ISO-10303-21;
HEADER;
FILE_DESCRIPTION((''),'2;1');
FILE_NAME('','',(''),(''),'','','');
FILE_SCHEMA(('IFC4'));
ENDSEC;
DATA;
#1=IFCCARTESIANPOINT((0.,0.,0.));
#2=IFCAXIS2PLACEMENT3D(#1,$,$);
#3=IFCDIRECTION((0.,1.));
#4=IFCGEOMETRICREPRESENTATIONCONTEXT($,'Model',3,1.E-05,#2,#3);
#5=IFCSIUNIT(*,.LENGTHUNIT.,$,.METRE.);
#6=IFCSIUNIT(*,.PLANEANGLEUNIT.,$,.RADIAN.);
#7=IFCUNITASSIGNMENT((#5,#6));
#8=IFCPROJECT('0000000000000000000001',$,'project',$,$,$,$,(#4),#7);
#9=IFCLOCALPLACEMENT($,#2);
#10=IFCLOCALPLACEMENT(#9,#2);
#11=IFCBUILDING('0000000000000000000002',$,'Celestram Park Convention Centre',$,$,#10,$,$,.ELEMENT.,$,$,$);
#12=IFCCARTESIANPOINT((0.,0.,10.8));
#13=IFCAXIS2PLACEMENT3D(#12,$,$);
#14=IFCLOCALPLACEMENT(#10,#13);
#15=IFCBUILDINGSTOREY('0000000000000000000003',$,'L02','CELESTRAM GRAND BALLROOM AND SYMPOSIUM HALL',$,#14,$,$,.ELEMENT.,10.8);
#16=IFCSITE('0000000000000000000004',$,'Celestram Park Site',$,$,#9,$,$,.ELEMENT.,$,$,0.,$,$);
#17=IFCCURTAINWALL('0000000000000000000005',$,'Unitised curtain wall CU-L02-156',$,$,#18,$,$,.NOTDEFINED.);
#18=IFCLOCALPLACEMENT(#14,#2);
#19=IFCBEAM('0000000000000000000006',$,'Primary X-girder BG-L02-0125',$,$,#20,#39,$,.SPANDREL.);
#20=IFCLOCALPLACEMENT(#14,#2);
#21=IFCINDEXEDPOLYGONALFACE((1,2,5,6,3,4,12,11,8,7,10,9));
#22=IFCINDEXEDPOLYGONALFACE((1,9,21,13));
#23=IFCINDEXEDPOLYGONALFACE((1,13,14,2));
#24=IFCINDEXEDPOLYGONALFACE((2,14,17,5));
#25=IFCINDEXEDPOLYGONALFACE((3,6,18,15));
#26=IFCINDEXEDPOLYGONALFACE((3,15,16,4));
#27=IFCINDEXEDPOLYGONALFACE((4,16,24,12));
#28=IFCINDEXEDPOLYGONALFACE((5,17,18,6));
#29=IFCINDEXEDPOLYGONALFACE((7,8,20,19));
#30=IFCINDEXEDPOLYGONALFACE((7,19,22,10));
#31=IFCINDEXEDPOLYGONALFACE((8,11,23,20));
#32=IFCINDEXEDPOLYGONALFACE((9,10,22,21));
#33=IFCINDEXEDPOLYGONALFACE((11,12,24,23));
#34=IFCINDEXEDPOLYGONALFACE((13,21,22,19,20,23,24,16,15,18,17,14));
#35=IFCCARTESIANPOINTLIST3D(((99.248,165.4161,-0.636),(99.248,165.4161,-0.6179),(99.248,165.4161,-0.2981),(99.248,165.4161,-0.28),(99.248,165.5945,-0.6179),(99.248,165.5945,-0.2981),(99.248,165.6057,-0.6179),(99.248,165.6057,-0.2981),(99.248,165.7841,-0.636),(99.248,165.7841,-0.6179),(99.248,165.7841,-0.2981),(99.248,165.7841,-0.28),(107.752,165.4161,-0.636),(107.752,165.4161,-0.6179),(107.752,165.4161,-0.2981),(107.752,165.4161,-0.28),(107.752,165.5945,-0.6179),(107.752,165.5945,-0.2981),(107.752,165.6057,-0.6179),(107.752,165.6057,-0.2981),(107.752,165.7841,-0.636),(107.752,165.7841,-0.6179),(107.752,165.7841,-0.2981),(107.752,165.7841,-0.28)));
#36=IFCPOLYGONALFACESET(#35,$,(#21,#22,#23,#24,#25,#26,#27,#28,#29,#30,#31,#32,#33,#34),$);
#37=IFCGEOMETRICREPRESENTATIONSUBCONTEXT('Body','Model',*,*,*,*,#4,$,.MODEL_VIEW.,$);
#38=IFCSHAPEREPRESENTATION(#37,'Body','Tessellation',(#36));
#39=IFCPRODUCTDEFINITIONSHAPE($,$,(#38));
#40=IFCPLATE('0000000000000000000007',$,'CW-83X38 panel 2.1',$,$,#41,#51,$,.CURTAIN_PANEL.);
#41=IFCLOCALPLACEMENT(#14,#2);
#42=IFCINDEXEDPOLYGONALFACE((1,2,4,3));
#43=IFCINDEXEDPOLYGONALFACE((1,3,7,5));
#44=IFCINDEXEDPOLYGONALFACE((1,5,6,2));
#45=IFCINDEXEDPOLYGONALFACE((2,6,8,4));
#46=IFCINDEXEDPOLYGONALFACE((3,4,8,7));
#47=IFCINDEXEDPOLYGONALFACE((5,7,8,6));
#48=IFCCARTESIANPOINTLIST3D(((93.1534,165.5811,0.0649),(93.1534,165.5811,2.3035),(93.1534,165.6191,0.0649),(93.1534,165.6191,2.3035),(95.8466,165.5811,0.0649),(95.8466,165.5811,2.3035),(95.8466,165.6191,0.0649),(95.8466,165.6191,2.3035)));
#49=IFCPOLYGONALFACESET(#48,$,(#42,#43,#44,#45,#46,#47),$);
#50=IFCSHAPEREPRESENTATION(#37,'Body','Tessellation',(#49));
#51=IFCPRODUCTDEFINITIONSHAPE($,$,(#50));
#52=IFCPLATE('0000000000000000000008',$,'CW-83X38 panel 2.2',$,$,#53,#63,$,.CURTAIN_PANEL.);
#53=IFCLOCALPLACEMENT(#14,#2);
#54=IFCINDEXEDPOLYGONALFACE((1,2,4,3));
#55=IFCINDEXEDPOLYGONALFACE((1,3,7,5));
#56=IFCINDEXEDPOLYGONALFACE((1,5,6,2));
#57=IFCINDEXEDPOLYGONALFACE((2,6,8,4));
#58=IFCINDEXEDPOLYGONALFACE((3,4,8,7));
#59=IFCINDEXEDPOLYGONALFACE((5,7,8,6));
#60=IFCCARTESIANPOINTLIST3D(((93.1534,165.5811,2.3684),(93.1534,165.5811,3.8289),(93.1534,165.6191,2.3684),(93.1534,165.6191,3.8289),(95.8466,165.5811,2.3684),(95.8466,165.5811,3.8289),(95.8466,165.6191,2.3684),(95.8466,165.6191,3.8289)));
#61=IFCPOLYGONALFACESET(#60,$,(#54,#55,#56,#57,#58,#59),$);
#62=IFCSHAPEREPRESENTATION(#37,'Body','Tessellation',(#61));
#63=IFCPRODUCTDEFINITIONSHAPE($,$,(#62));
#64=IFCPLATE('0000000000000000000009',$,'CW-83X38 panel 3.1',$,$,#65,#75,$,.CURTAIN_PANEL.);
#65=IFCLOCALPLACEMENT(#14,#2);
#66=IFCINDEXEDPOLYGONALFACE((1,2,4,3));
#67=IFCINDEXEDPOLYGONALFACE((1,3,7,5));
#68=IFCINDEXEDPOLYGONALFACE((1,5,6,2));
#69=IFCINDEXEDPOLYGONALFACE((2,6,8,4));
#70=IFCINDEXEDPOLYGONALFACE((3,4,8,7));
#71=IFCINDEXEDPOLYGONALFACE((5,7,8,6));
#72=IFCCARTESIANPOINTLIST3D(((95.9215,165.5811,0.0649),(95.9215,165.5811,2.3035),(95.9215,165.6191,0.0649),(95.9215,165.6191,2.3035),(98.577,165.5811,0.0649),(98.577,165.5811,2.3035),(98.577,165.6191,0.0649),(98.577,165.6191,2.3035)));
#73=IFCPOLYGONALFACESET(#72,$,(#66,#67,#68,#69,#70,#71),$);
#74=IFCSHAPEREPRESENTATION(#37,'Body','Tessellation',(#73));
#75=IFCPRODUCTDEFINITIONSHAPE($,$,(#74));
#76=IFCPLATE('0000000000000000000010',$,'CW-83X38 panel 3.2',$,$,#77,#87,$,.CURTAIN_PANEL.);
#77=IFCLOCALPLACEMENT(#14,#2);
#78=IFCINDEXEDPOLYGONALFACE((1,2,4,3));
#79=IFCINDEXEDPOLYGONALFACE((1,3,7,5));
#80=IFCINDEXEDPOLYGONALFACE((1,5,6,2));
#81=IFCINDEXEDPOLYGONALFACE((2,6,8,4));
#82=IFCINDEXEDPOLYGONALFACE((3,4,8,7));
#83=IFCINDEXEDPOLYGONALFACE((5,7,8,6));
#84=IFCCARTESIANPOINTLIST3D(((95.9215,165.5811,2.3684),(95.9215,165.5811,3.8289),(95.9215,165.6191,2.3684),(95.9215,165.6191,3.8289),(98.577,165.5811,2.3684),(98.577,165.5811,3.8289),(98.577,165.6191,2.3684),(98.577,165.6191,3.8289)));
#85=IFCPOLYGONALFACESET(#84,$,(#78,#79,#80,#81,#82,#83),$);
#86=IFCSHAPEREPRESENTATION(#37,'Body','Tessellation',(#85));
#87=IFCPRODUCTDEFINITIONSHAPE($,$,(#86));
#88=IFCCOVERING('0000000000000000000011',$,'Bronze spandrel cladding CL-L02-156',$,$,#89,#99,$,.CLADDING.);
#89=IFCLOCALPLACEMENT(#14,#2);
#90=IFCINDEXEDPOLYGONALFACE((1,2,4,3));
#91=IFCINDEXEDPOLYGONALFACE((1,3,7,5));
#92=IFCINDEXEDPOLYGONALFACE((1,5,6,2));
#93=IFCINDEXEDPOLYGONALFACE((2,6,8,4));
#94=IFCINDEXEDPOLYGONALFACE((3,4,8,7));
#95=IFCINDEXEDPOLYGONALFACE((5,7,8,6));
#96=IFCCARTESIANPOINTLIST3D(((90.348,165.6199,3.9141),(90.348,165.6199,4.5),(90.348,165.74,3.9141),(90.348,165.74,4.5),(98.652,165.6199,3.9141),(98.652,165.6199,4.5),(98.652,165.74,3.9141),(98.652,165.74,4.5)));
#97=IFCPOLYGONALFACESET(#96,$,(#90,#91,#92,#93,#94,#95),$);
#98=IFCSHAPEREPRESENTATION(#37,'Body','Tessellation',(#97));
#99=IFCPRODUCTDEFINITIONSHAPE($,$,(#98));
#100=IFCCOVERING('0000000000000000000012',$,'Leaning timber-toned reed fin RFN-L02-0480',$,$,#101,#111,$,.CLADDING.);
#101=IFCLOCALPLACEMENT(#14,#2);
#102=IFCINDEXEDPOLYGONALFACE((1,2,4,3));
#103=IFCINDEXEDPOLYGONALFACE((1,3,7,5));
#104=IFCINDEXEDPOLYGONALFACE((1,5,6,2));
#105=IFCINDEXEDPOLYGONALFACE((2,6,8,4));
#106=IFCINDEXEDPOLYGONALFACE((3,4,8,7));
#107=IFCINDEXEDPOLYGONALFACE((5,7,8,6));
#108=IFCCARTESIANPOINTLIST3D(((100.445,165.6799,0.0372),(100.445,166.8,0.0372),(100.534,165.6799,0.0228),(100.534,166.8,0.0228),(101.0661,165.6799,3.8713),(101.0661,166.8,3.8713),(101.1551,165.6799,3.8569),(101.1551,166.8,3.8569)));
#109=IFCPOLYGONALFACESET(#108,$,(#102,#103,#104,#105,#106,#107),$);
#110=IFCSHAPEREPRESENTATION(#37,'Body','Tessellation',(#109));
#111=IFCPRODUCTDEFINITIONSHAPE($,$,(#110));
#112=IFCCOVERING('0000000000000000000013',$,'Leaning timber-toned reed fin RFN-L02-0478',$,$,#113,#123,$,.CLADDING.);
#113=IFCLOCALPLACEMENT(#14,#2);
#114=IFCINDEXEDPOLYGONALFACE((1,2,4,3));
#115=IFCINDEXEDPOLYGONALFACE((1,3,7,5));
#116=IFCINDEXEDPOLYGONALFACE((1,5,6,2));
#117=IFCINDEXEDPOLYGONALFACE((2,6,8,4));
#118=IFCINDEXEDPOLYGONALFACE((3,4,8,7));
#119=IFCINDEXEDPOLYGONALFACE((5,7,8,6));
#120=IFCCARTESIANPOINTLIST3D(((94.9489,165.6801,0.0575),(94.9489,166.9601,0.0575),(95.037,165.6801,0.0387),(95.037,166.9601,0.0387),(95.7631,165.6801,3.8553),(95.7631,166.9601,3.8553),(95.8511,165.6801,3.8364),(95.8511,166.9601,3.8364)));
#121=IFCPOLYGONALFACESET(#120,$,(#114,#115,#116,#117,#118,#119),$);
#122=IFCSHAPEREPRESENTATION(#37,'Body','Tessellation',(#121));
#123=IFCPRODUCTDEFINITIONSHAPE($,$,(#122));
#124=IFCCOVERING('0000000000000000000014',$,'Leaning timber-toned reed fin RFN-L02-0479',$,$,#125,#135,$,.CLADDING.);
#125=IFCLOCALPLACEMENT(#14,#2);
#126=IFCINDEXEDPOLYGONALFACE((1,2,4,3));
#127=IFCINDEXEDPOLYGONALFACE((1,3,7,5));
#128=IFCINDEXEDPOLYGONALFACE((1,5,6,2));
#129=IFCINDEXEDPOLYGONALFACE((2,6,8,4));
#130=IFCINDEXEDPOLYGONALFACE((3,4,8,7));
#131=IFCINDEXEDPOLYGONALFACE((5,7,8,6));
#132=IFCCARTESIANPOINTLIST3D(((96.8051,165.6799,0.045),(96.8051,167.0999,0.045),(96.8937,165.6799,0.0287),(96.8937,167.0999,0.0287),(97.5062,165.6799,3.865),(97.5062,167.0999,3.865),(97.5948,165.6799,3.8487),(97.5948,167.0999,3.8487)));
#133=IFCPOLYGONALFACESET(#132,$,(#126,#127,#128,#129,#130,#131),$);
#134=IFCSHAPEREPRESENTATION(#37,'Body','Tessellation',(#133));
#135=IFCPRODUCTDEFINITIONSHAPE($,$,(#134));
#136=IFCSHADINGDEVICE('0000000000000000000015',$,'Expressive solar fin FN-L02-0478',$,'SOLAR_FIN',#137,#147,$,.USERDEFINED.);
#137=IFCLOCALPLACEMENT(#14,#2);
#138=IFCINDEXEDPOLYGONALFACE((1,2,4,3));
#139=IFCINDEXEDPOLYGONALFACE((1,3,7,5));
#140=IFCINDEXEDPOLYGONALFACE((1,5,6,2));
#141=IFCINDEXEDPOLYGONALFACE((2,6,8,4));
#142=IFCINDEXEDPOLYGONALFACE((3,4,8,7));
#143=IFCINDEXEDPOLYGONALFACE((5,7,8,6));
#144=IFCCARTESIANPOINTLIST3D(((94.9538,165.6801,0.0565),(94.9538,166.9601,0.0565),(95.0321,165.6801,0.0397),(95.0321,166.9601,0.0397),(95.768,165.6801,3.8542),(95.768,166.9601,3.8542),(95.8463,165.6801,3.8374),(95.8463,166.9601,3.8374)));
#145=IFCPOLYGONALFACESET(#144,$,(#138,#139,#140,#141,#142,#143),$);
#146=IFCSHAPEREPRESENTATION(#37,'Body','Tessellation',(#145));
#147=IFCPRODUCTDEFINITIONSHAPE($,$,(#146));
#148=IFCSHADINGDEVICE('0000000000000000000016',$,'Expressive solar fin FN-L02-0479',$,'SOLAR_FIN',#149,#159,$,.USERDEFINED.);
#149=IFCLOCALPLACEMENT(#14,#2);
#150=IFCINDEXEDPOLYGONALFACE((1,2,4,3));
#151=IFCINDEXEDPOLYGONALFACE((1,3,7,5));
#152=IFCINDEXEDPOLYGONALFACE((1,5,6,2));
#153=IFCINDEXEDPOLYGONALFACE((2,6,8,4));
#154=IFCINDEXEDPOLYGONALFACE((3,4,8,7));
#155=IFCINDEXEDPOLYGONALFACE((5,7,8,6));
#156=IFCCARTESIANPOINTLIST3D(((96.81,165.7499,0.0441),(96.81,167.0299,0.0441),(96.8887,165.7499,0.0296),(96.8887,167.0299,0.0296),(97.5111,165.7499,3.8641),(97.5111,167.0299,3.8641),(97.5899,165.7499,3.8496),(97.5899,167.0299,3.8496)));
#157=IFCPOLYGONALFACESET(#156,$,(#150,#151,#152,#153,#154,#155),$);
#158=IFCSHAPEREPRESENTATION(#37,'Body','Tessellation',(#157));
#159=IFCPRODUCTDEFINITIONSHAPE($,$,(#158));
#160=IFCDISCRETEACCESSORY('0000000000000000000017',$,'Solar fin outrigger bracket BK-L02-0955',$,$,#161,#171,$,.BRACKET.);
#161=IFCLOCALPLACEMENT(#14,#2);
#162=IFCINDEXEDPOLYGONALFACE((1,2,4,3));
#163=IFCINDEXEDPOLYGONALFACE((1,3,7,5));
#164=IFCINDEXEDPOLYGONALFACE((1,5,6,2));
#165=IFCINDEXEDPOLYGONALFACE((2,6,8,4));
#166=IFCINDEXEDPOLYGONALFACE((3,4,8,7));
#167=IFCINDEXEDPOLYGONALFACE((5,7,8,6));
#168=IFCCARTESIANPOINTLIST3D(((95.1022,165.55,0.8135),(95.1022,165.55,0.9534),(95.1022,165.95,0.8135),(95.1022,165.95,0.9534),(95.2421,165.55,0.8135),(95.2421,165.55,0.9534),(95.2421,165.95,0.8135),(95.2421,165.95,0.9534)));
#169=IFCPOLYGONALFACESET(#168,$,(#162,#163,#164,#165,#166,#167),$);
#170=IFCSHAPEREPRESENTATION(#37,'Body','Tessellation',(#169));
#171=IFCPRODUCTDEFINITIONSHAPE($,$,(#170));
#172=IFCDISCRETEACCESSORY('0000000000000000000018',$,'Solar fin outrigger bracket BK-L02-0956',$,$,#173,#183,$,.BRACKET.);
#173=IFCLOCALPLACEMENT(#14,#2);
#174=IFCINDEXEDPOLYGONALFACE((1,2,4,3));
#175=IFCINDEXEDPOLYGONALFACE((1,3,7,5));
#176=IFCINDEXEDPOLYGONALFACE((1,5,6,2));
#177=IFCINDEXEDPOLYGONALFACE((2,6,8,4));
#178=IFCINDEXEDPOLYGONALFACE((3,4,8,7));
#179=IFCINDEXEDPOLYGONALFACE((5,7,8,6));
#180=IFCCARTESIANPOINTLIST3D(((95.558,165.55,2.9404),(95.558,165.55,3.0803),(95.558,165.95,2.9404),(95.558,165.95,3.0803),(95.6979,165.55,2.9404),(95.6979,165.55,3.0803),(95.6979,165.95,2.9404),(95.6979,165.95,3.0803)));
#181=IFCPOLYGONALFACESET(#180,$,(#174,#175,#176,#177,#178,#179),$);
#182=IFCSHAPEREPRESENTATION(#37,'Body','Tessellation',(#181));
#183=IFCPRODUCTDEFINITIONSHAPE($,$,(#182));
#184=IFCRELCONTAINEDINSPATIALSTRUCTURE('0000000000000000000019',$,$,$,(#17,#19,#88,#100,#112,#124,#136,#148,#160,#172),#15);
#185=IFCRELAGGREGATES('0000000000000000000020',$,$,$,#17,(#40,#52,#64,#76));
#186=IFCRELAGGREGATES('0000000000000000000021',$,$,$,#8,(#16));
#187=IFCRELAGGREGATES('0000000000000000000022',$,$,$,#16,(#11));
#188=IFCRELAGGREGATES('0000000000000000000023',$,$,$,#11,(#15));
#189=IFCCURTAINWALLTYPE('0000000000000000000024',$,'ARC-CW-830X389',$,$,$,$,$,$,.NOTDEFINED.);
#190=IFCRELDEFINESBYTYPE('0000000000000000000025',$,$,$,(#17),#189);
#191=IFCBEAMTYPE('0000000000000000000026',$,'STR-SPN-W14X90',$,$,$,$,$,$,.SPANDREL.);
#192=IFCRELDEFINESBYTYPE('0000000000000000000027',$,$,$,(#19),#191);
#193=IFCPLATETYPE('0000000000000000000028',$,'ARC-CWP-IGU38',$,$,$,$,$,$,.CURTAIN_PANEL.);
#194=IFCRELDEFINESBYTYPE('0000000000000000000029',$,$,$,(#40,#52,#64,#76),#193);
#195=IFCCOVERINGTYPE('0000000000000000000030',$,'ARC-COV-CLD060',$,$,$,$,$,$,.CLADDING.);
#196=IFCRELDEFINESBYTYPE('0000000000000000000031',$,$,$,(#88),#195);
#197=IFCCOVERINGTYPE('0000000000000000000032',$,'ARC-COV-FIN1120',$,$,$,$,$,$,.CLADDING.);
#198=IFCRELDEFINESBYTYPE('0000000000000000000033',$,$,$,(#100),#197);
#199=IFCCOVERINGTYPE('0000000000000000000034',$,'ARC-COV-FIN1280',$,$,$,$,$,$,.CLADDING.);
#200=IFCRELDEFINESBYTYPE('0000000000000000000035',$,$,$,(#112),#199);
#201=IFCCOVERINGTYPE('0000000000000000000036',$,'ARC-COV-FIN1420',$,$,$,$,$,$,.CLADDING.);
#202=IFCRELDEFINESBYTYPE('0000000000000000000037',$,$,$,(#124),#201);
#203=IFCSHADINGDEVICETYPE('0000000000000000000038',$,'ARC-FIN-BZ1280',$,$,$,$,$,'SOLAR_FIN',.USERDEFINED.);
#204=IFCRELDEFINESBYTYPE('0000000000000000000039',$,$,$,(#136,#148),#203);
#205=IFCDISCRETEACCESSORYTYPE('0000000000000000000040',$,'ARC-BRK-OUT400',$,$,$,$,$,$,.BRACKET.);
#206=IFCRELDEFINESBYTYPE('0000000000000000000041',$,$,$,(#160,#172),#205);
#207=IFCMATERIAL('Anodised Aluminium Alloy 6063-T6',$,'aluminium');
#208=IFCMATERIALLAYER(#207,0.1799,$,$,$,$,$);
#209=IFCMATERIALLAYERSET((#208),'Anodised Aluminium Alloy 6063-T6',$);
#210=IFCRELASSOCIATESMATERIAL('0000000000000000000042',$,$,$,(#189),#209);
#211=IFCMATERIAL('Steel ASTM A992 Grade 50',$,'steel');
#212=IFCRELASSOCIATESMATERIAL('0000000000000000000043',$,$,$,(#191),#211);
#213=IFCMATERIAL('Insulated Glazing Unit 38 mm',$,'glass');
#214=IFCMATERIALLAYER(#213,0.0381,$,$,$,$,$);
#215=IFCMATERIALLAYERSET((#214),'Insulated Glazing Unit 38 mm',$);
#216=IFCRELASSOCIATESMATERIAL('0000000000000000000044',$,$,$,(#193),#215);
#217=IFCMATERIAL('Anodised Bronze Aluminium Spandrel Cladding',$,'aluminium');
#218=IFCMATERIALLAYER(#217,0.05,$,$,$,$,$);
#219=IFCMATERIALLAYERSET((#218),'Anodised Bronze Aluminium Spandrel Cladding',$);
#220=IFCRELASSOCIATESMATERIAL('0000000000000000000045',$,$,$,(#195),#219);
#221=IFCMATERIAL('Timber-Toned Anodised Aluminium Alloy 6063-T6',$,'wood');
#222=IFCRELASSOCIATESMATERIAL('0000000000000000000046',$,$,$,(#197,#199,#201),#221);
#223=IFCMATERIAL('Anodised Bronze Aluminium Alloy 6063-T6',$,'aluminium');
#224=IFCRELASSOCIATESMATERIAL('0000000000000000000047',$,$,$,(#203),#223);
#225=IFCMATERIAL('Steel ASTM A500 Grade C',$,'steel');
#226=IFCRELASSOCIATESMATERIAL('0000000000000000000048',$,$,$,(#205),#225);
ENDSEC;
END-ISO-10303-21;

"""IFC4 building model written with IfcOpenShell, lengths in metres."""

from ifc_helpers import new_model, si_unit, direction, frame, origin, origin_2d, place, context, subcontext, project, spatial, rectangle, i_section, extrude, material, layer, layer_set, material_profile, profile_set, type_object, element, aggregate, save


model = new_model("IFC4")

# Units and contexts
model_context = context("Model", 3, precision=1e-05, world=origin(), true_north=direction((0.0, 1.0)))
body_context = subcontext(model_context, "Body", "Model", "MODEL_VIEW")
ifc_project = project(units=[si_unit("LENGTHUNIT", "METRE"), si_unit("PLANEANGLEUNIT", "RADIAN")], contexts=[model_context])

# Site, building, storey
site_placement = place(None, origin())
site = spatial("IfcSite", under=ifc_project, at=site_placement, Name="Celestram Park Site", CompositionType="ELEMENT", RefElevation=0.0)
building_placement = place(site_placement, origin())
building = spatial("IfcBuilding", under=site, at=building_placement, Name="Celestram Park Convention Centre", CompositionType="ELEMENT")
storey_placement = place(building_placement, frame((0.0, 0.0, 10.8)))
storey = spatial("IfcBuildingStorey", under=building, at=storey_placement, Name="L02", Description="CELESTRAM GRAND BALLROOM AND SYMPOSIUM HALL", CompositionType="ELEMENT", Elevation=10.8)

# Curtain wall
ifc_material_1 = material(Name="Anodised Aluminium Alloy 6063-T6", Category="aluminium")
ifc_layer_1 = layer(ifc_material_1, 0.1799)
ifc_layer_set_1 = layer_set([ifc_layer_1], Name="Anodised Aluminium Alloy 6063-T6")
curtain_wall_type = type_object("IfcCurtainWallType", Name="ARC-CW-830X389", PredefinedType="NOTDEFINED", material=ifc_layer_set_1)
curtain_wall_1_placement = place(storey_placement, origin())
curtain_wall_1 = element("IfcCurtainWall", 1, at=curtain_wall_1_placement, inside=storey, type_object=curtain_wall_type, Name="Unitised curtain wall CU-L02-156", PredefinedType="NOTDEFINED")

# Beam
ifc_material_2 = material(Name="Steel ASTM A992 Grade 50", Category="steel")
ifc_material_profile_1 = material_profile(ifc_material_2, i_section(OverallWidth=0.3679, OverallDepth=0.356, WebThickness=0.0112, FlangeThickness=0.0181, at=origin_2d()), Name="W14X90")
ifc_profile_set_1 = profile_set([ifc_material_profile_1], Name="Steel ASTM A992 Grade 50")
beam_type = type_object("IfcBeamType", Name="STR-SPN-W14X90", PredefinedType="SPANDREL", material=ifc_profile_set_1)
beam_placement = place(storey_placement, frame((99.248, 165.6001, -0.458), z_axis=(1.0, 0.0, 0.0), x_axis=(0.0, 1.0, 0.0)))
element("IfcBeam", 2, at=beam_placement, inside=storey, type_object=beam_type, Name="Primary X-girder BG-L02-0125", PredefinedType="SPANDREL", context=body_context, shape_type="SweptSolid", body=[
    extrude(i_section(OverallWidth=0.3679, OverallDepth=0.356, WebThickness=0.0112, FlangeThickness=0.0181, at=origin_2d()), origin(), (0.0, 0.0, 1.0), 8.5039),
])

# Plates
ifc_material_3 = material(Name="Insulated Glazing Unit 38 mm", Category="glass")
ifc_layer_2 = layer(ifc_material_3, 0.0381)
ifc_layer_set_2 = layer_set([ifc_layer_2], Name="Insulated Glazing Unit 38 mm")
plate_type = type_object("IfcPlateType", Name="ARC-CWP-IGU38", PredefinedType="CURTAIN_PANEL", material=ifc_layer_set_2)
plate_1_placement = place(storey_placement, frame((94.5, 165.6001, 0.0649), z_axis=(0.0, 0.0, 1.0), x_axis=(1.0, 0.0, 0.0)))
plate_1 = element("IfcPlate", 3, at=plate_1_placement, type_object=plate_type, Name="CW-83X38 panel 2.1", PredefinedType="CURTAIN_PANEL", context=body_context, shape_type="SweptSolid", body=[
    extrude(rectangle(XDim=2.6931, YDim=0.0381, at=origin_2d()), origin(), (0.0, 0.0, 1.0), 2.2385),
])
plate_2_placement = place(storey_placement, frame((94.5, 165.6001, 2.3684), z_axis=(0.0, 0.0, 1.0), x_axis=(1.0, 0.0, 0.0)))
plate_2 = element("IfcPlate", 4, at=plate_2_placement, type_object=plate_type, Name="CW-83X38 panel 2.2", PredefinedType="CURTAIN_PANEL", context=body_context, shape_type="SweptSolid", body=[
    extrude(rectangle(XDim=2.6931, YDim=0.0381, at=origin_2d()), origin(), (0.0, 0.0, 1.0), 1.4604),
])
plate_3_placement = place(storey_placement, frame((97.2493, 165.6001, 0.0649), z_axis=(0.0, 0.0, 1.0), x_axis=(1.0, 0.0, 0.0)))
plate_3 = element("IfcPlate", 5, at=plate_3_placement, type_object=plate_type, Name="CW-83X38 panel 3.1", PredefinedType="CURTAIN_PANEL", context=body_context, shape_type="SweptSolid", body=[
    extrude(rectangle(XDim=2.6555, YDim=0.0381, at=origin_2d()), origin(), (0.0, 0.0, 1.0), 2.2385),
])
plate_4_placement = place(storey_placement, frame((97.2493, 165.6001, 2.3684), z_axis=(0.0, 0.0, 1.0), x_axis=(1.0, 0.0, 0.0)))
plate_4 = element("IfcPlate", 6, at=plate_4_placement, type_object=plate_type, Name="CW-83X38 panel 3.2", PredefinedType="CURTAIN_PANEL", context=body_context, shape_type="SweptSolid", body=[
    extrude(rectangle(XDim=2.6555, YDim=0.0381, at=origin_2d()), origin(), (0.0, 0.0, 1.0), 1.4604),
])
aggregate(curtain_wall_1, [plate_1, plate_2, plate_3, plate_4])

# Coverings
ifc_material_4 = material(Name="Anodised Bronze Aluminium Spandrel Cladding", Category="aluminium")
ifc_layer_3 = layer(ifc_material_4, 0.05)
ifc_layer_set_3 = layer_set([ifc_layer_3], Name="Anodised Bronze Aluminium Spandrel Cladding")
covering_type_1 = type_object("IfcCoveringType", Name="ARC-COV-CLD060", PredefinedType="CLADDING", material=ifc_layer_set_3)
covering_1_placement = place(storey_placement, frame((94.5, 165.6799, 3.9141), z_axis=(0.0, 0.0, 1.0), x_axis=(1.0, 0.0, 0.0)))
element("IfcCovering", 7, at=covering_1_placement, inside=storey, type_object=covering_type_1, Name="Bronze spandrel cladding CL-L02-156", PredefinedType="CLADDING", context=body_context, shape_type="SweptSolid", body=[
    extrude(rectangle(XDim=8.304, YDim=0.1201, at=origin_2d()), origin(), (0.0, 0.0, 1.0), 0.5859),
])
ifc_material_5 = material(Name="Timber-Toned Anodised Aluminium Alloy 6063-T6", Category="wood")
ifc_material_profile_2 = material_profile(ifc_material_5, rectangle(XDim=1.1201, YDim=0.0901, at=origin_2d()), Name="REED1120X90")
ifc_profile_set_2 = profile_set([ifc_material_profile_2], Name="Timber-Toned Anodised Aluminium Alloy 6063-T6")
covering_type_2 = type_object("IfcCoveringType", Name="ARC-COV-FIN1120", PredefinedType="CLADDING", material=ifc_profile_set_2)
covering_2_placement = place(storey_placement, frame((100.4895, 166.24, 0.03), z_axis=(0.159912, 0.0, 0.987131), x_axis=(0.0, 1.0, 0.0)))
element("IfcCovering", 8, at=covering_2_placement, inside=storey, type_object=covering_type_2, Name="Leaning timber-toned reed fin RFN-L02-0480", PredefinedType="CLADDING", context=body_context, shape_type="SweptSolid", body=[
    extrude(rectangle(XDim=1.1201, YDim=0.0901, at=origin_2d()), origin(), (0.0, 0.0, 1.0), 3.884),
])
ifc_material_profile_3 = material_profile(ifc_material_5, rectangle(XDim=1.28, YDim=0.0901, at=origin_2d()), Name="REED1280X90")
ifc_profile_set_3 = profile_set([ifc_material_profile_3], Name="Timber-Toned Anodised Aluminium Alloy 6063-T6")
covering_type_3 = type_object("IfcCoveringType", Name="ARC-COV-FIN1280", PredefinedType="CLADDING", material=ifc_profile_set_3)
covering_3_placement = place(storey_placement, frame((94.9929, 166.3201, 0.0481), z_axis=(0.209624, 0.0, 0.977782), x_axis=(0.0, 1.0, 0.0)))
element("IfcCovering", 9, at=covering_3_placement, inside=storey, type_object=covering_type_3, Name="Leaning timber-toned reed fin RFN-L02-0478", PredefinedType="CLADDING", context=body_context, shape_type="SweptSolid", body=[
    extrude(rectangle(XDim=1.28, YDim=0.0901, at=origin_2d()), origin(), (0.0, 0.0, 1.0), 3.884),
])
ifc_material_profile_4 = material_profile(ifc_material_5, rectangle(XDim=1.4199, YDim=0.0901, at=origin_2d()), Name="REED1420X90")
ifc_profile_set_4 = profile_set([ifc_material_profile_4], Name="Timber-Toned Anodised Aluminium Alloy 6063-T6")
covering_type_4 = type_object("IfcCoveringType", Name="ARC-COV-FIN1420", PredefinedType="CLADDING", material=ifc_profile_set_4)
covering_4_placement = place(storey_placement, frame((96.8494, 166.3899, 0.0369), z_axis=(0.180534, 0.0, 0.983569), x_axis=(0.0, 1.0, 0.0)))
element("IfcCovering", 10, at=covering_4_placement, inside=storey, type_object=covering_type_4, Name="Leaning timber-toned reed fin RFN-L02-0479", PredefinedType="CLADDING", context=body_context, shape_type="SweptSolid", body=[
    extrude(rectangle(XDim=1.4199, YDim=0.0901, at=origin_2d()), origin(), (0.0, 0.0, 1.0), 3.8838),
])

# Shading devices
ifc_material_6 = material(Name="Anodised Bronze Aluminium Alloy 6063-T6", Category="aluminium")
ifc_material_profile_5 = material_profile(ifc_material_6, rectangle(XDim=1.28, YDim=0.0801, at=origin_2d()), Name="FIN1280X80")
ifc_profile_set_5 = profile_set([ifc_material_profile_5], Name="Anodised Bronze Aluminium Alloy 6063-T6")
shading_device_type = type_object("IfcShadingDeviceType", Name="ARC-FIN-BZ1280", ElementType="SOLAR_FIN", PredefinedType="USERDEFINED", material=ifc_profile_set_5)
shading_device_1_placement = place(storey_placement, frame((94.9929, 166.3201, 0.0481), z_axis=(0.209624, 0.0, 0.977782), x_axis=(0.0, 1.0, 0.0)))
element("IfcShadingDevice", 11, at=shading_device_1_placement, inside=storey, type_object=shading_device_type, Name="Expressive solar fin FN-L02-0478", ObjectType="SOLAR_FIN", PredefinedType="USERDEFINED", context=body_context, shape_type="SweptSolid", body=[
    extrude(rectangle(XDim=1.28, YDim=0.0801, at=origin_2d()), origin(), (0.0, 0.0, 1.0), 3.884),
])
shading_device_2_placement = place(storey_placement, frame((96.8494, 166.3899, 0.0369), z_axis=(0.180534, 0.0, 0.983569), x_axis=(0.0, 1.0, 0.0)))
element("IfcShadingDevice", 12, at=shading_device_2_placement, inside=storey, type_object=shading_device_type, Name="Expressive solar fin FN-L02-0479", ObjectType="SOLAR_FIN", PredefinedType="USERDEFINED", context=body_context, shape_type="SweptSolid", body=[
    extrude(rectangle(XDim=1.28, YDim=0.0801, at=origin_2d()), origin(), (0.0, 0.0, 1.0), 3.8838),
])

# Discrete accessories
ifc_material_7 = material(Name="Steel ASTM A500 Grade C", Category="steel")
discrete_accessory_type = type_object("IfcDiscreteAccessoryType", Name="ARC-BRK-OUT400", PredefinedType="BRACKET", material=ifc_material_7)
for number, where, z_axis, x_axis, name in (
    (13, (95.1721, 165.75, 0.8135), (0.0, 0.0, 1.0), (0.0, 1.0, 0.0), "Solar fin outrigger bracket BK-L02-0955"),
    (14, (95.6279, 165.75, 2.9404), (0.0, 0.0, 1.0), (0.0, 1.0, 0.0), "Solar fin outrigger bracket BK-L02-0956"),
):
    element("IfcDiscreteAccessory", number, at=place(storey_placement, frame(where, z_axis=z_axis, x_axis=x_axis)), inside=storey, type_object=discrete_accessory_type, Name=name, PredefinedType="BRACKET", context=body_context, shape_type="SweptSolid", body=[
        extrude(rectangle(XDim=0.3999, YDim=0.1399, at=origin_2d()), origin(), (0.0, 0.0, 1.0), 0.1399),
    ])

save(model, "model.ifc")
